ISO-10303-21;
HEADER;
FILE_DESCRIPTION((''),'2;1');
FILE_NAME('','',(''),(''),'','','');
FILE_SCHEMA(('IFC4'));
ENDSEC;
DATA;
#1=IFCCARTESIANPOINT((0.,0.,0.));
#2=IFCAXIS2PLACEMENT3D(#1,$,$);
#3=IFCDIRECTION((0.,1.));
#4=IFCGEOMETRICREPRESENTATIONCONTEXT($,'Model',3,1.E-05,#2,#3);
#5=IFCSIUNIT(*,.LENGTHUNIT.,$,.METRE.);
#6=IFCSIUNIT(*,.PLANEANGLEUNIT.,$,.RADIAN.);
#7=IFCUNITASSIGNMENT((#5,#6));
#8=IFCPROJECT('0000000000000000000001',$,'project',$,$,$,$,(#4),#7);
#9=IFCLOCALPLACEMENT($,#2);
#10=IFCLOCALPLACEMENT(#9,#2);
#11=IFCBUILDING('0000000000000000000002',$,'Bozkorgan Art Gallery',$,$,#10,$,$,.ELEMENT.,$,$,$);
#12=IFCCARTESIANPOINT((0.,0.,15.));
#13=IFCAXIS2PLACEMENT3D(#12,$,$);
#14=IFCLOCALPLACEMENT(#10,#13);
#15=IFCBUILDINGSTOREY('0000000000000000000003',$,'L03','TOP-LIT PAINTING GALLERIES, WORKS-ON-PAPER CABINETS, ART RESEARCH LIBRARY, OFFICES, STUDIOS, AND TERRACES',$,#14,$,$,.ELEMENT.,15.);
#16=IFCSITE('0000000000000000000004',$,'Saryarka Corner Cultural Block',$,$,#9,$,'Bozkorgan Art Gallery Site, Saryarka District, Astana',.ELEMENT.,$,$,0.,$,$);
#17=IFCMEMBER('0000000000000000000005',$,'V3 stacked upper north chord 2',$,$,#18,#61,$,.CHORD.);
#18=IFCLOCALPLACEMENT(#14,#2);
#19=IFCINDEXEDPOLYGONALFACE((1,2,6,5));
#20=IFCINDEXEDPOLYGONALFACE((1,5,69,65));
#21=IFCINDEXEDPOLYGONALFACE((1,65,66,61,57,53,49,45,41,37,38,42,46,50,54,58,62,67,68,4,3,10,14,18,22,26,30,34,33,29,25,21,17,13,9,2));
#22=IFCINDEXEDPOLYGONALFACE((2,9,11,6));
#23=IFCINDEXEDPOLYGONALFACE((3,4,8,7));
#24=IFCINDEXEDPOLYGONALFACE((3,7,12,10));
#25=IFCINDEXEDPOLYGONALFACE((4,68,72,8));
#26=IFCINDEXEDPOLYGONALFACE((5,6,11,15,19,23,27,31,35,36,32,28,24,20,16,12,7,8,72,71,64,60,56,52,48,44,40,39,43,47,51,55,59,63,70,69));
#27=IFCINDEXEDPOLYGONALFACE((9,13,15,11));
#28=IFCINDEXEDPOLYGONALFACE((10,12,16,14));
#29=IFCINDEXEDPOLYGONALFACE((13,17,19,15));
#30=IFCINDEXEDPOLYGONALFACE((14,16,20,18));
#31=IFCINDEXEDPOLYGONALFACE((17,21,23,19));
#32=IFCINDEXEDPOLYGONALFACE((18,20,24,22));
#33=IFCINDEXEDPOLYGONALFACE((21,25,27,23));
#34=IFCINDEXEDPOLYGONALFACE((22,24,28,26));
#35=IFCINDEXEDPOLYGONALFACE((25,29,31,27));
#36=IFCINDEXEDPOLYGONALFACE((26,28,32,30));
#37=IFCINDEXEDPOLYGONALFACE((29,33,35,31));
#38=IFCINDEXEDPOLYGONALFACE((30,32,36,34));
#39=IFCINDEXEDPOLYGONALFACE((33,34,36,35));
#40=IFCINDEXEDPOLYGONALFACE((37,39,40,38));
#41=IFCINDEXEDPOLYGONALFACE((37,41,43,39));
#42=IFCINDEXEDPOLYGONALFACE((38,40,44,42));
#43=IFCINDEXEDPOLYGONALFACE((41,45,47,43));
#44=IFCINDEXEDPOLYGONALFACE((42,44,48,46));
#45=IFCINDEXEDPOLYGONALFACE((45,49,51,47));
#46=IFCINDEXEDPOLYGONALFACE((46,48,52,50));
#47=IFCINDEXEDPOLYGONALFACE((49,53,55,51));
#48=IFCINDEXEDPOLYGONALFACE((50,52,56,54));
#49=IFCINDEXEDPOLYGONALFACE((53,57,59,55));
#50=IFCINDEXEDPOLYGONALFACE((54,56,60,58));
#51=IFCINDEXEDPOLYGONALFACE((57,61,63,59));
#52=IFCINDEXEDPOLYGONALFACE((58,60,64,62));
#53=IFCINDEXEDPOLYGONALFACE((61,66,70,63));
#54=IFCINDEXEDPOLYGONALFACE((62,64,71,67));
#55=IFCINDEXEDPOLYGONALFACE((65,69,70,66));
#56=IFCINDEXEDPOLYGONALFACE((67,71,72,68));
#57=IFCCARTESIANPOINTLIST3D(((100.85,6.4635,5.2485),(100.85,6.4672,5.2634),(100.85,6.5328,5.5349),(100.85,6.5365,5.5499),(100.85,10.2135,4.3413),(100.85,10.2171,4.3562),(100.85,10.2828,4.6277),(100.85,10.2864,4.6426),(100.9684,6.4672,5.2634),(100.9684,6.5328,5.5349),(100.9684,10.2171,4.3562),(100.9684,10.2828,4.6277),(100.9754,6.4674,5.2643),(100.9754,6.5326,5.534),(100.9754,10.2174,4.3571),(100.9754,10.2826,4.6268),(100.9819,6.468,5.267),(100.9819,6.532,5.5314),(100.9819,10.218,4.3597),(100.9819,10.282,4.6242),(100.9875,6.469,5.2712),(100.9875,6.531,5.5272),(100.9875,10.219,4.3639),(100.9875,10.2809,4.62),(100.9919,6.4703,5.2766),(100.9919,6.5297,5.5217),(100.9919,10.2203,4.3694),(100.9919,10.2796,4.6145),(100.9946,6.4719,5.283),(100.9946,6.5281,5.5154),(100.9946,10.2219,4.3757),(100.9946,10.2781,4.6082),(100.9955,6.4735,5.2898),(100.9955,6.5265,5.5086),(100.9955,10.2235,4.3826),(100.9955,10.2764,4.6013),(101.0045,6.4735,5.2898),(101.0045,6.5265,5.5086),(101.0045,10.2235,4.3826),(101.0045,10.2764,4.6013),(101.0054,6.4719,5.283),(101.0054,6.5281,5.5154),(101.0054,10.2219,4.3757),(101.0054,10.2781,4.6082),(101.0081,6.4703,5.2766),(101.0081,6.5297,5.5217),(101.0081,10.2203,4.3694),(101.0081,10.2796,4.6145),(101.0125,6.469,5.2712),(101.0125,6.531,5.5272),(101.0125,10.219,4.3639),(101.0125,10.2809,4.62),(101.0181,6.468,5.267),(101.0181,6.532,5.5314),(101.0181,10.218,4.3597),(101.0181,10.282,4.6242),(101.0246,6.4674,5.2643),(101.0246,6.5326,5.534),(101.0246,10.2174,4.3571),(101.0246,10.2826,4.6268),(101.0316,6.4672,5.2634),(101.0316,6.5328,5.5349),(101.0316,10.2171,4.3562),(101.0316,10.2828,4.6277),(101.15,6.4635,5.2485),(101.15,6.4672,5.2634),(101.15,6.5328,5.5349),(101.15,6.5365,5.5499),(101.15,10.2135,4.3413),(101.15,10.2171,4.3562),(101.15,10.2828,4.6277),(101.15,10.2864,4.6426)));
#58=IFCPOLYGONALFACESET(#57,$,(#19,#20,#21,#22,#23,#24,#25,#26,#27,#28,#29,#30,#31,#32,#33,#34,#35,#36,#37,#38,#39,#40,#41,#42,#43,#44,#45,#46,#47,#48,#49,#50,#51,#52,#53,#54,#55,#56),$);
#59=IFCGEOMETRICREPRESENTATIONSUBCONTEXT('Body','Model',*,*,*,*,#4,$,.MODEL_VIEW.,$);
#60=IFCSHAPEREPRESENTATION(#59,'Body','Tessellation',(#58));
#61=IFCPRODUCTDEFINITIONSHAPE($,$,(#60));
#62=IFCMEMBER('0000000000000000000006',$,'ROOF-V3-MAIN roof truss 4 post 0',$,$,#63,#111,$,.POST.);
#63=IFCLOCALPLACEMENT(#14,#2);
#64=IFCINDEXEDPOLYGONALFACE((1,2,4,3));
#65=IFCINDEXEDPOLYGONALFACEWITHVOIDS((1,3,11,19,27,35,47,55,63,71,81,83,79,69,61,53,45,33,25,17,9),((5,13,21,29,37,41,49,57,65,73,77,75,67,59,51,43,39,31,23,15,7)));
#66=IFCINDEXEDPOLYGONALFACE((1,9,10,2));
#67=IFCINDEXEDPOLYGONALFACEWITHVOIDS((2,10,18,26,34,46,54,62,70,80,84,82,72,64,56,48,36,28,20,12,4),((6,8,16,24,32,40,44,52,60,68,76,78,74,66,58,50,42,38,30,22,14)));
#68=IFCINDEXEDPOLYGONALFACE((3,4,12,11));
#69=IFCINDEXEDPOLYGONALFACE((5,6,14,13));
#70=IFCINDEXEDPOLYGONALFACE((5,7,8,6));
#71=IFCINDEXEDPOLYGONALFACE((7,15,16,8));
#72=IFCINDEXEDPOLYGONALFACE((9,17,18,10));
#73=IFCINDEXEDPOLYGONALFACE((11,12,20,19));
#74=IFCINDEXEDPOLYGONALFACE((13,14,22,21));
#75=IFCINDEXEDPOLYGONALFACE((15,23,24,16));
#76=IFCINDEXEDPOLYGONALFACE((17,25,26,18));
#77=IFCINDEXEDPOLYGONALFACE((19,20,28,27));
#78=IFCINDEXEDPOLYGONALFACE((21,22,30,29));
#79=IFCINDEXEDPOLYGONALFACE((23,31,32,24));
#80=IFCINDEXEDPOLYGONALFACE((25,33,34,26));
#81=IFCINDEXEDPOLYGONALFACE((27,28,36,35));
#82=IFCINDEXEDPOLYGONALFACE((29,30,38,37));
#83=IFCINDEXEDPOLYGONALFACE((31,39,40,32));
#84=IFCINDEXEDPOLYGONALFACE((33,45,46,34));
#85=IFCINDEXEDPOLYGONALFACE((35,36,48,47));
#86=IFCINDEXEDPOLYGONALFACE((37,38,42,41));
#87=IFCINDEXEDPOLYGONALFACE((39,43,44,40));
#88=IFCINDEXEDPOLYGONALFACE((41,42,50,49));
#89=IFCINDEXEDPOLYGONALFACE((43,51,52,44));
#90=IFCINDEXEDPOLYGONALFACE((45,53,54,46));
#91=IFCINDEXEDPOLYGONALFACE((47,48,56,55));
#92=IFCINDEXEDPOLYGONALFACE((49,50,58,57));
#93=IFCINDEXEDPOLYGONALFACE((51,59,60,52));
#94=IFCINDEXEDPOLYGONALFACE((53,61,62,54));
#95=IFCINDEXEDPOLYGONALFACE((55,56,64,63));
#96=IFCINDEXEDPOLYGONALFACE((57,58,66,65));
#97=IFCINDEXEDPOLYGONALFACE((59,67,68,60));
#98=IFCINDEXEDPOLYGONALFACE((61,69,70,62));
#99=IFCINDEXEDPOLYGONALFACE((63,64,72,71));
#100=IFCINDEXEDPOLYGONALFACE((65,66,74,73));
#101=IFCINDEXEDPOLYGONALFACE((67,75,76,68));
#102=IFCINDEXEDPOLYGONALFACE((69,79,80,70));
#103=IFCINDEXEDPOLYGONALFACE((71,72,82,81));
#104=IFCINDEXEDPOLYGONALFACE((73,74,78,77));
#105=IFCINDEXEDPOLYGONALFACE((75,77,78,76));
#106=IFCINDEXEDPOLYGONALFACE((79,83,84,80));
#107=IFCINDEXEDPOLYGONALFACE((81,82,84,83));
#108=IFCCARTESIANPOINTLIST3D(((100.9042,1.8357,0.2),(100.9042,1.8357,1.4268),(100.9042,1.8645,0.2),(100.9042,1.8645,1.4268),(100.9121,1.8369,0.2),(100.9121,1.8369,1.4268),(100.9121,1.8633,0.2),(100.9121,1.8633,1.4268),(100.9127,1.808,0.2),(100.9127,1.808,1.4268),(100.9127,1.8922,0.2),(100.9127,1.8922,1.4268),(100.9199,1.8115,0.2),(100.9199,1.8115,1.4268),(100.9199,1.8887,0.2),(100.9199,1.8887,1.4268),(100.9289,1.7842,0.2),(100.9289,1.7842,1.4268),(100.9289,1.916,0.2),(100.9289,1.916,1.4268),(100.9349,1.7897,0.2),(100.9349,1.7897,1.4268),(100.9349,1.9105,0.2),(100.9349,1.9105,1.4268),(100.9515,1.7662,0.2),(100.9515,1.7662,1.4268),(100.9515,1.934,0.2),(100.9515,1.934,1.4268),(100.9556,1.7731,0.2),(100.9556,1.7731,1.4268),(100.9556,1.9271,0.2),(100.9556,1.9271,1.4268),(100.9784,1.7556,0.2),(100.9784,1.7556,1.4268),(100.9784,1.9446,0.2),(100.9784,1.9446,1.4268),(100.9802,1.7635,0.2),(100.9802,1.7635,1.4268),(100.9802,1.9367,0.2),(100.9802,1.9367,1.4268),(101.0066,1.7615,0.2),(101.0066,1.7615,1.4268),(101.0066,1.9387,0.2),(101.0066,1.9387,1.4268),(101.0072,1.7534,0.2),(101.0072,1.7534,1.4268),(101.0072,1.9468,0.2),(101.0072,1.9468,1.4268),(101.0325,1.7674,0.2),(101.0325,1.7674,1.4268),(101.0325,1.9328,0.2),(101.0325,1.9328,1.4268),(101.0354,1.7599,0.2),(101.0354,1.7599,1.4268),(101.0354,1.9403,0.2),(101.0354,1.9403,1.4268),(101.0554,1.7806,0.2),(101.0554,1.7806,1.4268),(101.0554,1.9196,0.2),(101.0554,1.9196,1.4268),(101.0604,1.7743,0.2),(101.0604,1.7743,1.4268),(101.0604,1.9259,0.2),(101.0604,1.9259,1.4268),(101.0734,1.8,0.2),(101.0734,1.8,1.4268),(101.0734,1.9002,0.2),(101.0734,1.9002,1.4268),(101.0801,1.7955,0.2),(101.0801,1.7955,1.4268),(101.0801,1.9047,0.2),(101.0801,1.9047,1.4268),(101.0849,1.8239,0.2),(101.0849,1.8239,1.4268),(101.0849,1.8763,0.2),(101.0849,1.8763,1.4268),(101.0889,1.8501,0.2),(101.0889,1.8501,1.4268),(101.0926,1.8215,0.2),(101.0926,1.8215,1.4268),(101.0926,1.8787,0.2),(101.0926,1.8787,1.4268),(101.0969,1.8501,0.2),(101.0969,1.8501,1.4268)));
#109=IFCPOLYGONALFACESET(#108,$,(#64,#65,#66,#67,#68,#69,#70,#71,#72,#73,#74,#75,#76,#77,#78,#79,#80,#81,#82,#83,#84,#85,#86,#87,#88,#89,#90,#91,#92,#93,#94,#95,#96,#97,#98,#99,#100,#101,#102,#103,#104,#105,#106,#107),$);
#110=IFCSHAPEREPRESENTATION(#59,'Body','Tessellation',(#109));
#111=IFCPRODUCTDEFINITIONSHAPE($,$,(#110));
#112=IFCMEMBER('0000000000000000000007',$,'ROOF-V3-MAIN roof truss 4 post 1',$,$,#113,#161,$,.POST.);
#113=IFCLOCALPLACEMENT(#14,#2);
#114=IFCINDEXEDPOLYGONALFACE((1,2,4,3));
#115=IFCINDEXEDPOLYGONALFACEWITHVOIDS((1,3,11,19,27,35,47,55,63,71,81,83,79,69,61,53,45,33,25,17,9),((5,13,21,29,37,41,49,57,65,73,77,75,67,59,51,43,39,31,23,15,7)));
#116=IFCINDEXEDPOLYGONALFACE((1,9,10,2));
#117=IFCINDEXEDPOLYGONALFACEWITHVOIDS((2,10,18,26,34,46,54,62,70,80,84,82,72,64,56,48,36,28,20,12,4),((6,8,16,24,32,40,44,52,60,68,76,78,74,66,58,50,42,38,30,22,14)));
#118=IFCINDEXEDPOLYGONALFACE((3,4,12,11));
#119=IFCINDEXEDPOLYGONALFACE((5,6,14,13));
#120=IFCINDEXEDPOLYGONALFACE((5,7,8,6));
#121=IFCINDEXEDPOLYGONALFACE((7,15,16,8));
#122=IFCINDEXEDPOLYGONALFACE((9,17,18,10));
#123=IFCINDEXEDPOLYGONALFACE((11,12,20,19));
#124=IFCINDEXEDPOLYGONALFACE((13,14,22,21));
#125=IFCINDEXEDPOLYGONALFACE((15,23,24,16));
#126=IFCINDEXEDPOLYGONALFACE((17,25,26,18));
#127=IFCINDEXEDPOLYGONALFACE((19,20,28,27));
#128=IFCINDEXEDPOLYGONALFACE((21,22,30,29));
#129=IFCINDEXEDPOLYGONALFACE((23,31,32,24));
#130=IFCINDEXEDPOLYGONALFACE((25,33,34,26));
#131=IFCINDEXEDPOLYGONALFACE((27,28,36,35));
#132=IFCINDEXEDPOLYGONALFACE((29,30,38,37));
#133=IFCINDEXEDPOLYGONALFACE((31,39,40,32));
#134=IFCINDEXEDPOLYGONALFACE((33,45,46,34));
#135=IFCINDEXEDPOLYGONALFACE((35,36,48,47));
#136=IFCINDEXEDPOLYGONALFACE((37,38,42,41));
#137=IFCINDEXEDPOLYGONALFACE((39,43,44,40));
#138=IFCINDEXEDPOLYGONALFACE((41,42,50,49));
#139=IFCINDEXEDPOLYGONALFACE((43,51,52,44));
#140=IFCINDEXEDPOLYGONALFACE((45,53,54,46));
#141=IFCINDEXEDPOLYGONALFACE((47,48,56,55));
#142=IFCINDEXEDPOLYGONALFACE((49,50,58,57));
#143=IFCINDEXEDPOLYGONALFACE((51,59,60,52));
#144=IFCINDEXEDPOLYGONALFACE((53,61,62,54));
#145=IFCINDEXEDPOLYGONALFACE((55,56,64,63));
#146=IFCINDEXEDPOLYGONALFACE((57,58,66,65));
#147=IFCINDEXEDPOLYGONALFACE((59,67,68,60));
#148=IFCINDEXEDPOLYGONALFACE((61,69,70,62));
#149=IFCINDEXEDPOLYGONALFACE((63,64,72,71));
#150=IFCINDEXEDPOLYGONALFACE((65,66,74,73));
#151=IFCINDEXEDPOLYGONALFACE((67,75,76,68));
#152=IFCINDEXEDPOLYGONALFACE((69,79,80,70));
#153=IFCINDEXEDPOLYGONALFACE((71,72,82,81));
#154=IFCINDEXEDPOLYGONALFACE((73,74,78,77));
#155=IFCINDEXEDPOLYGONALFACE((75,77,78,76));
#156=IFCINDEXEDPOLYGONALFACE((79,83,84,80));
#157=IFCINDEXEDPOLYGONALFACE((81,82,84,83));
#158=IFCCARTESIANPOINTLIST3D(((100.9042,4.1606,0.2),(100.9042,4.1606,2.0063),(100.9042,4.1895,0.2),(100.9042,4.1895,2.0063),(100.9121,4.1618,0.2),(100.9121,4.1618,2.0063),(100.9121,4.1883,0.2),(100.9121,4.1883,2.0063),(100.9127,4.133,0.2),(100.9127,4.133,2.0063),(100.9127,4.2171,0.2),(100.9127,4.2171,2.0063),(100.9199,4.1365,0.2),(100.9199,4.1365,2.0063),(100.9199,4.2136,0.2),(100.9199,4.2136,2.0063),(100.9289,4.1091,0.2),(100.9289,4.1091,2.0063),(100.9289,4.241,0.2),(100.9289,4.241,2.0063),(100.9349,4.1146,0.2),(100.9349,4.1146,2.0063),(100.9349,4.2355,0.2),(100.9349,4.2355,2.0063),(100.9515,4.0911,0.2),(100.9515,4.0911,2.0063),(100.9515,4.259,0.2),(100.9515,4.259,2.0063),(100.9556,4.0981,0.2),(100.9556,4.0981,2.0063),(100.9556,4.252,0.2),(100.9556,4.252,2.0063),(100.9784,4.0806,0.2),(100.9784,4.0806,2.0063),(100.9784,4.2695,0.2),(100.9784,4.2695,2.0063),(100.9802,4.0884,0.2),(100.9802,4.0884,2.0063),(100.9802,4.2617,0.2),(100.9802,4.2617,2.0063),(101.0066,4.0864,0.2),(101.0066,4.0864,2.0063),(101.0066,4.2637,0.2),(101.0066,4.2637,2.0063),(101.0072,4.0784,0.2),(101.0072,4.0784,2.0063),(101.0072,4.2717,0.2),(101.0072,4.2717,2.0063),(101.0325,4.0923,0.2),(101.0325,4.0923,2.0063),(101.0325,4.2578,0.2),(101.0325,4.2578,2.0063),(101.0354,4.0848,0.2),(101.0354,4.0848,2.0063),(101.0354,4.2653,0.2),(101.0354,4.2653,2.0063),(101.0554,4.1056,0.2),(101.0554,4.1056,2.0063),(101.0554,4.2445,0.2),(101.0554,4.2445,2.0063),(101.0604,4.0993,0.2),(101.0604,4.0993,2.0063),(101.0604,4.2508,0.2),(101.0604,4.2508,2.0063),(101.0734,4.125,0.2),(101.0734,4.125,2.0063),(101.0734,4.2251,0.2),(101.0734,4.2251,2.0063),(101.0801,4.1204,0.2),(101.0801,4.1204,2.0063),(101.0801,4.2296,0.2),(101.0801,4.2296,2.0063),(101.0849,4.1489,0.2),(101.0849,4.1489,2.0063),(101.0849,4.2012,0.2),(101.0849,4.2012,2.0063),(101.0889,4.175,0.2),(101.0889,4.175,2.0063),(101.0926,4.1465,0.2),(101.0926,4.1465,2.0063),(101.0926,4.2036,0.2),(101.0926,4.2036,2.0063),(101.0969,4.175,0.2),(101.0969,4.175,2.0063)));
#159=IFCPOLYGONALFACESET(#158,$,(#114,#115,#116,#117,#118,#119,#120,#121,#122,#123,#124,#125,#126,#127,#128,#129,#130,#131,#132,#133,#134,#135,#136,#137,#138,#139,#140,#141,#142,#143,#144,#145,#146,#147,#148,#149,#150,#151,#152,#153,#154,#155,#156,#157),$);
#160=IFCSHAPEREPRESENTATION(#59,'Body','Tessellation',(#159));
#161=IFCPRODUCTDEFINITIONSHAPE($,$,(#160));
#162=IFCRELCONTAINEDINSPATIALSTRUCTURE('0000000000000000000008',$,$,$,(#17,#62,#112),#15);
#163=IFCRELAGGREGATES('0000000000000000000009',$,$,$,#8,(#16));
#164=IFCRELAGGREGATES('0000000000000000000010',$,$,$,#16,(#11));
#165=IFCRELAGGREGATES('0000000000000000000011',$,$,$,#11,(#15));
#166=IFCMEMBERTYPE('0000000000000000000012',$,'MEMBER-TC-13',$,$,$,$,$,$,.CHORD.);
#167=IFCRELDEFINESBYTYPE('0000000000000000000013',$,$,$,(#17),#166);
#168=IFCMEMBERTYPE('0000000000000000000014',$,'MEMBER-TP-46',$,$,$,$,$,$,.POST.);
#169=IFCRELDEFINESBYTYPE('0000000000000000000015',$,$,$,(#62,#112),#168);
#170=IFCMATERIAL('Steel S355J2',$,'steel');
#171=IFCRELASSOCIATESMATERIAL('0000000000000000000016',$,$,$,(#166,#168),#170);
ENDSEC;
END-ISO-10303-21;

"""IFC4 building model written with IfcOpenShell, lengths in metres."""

from ifc_helpers import new_model, si_unit, direction, frame, origin, origin_2d, place, context, subcontext, project, spatial, hollow_circle, i_section, extrude, material, material_profile, profile_set, type_object, element, save


model = new_model("IFC4")

# Units and contexts
model_context = context("Model", 3, precision=1e-05, world=origin(), true_north=direction((0.0, 1.0)))
body_context = subcontext(model_context, "Body", "Model", "MODEL_VIEW")
ifc_project = project(units=[si_unit("LENGTHUNIT", "METRE"), si_unit("PLANEANGLEUNIT", "RADIAN")], contexts=[model_context])

# Site, building, storey
site_placement = place(None, origin())
site = spatial("IfcSite", under=ifc_project, at=site_placement, Name="Saryarka Corner Cultural Block", LongName="Bozkorgan Art Gallery Site, Saryarka District, Astana", CompositionType="ELEMENT", RefElevation=0.0)
building_placement = place(site_placement, origin())
building = spatial("IfcBuilding", under=site, at=building_placement, Name="Bozkorgan Art Gallery", CompositionType="ELEMENT")
storey_placement = place(building_placement, frame((0.0, 0.0, 15.0)))
storey = spatial("IfcBuildingStorey", under=building, at=storey_placement, Name="L03", Description="TOP-LIT PAINTING GALLERIES, WORKS-ON-PAPER CABINETS, ART RESEARCH LIBRARY, OFFICES, STUDIOS, AND TERRACES", CompositionType="ELEMENT", Elevation=15.0)

# Shared definitions
ifc_material_1 = material(Name="Steel S355J2", Category="steel")

# Members
ifc_material_profile_1 = material_profile(ifc_material_1, i_section(OverallWidth=0.3, OverallDepth=0.3101, WebThickness=0.009, FlangeThickness=0.0154, FilletRadius=0.0271, at=origin_2d()), Name="HEA 320")
ifc_profile_set_1 = profile_set([ifc_material_profile_1], Name="Steel S355J2")
member_type_1 = type_object("IfcMemberType", Name="MEMBER-TC-13", PredefinedType="CHORD", material=ifc_profile_set_1)
member_1_placement = place(storey_placement, frame((101.0, 6.5, 5.3992), z_axis=(0.0, 0.971961, -0.235144), x_axis=(-1.0, 0.0, 0.0)))
element("IfcMember", 1, at=member_1_placement, inside=storey, type_object=member_type_1, Name="V3 stacked upper north chord 2", PredefinedType="CHORD", context=body_context, shape_type="SweptSolid", body=[
    extrude(i_section(OverallWidth=0.3, OverallDepth=0.3101, WebThickness=0.009, FlangeThickness=0.0154, FilletRadius=0.0271, at=origin_2d()), origin(), (0.0, 0.0, 1.0), 3.8582),
])
ifc_material_profile_2 = material_profile(ifc_material_1, hollow_circle(Radius=0.0969, WallThickness=0.0081, at=origin_2d()), Name="CHS 193.7x8")
ifc_profile_set_2 = profile_set([ifc_material_profile_2], Name="Steel S355J2")
member_type_2 = type_object("IfcMemberType", Name="MEMBER-TP-46", PredefinedType="POST", material=ifc_profile_set_2)
member_2_placement = place(storey_placement, frame((101.0, 1.8501, 0.2), z_axis=(0.0, 0.0, 1.0), x_axis=(1.0, 0.0, 0.0)))
element("IfcMember", 2, at=member_2_placement, inside=storey, type_object=member_type_2, Name="ROOF-V3-MAIN roof truss 4 post 0", PredefinedType="POST", context=body_context, shape_type="SweptSolid", body=[
    extrude(hollow_circle(Radius=0.0969, WallThickness=0.0081, at=origin_2d()), origin(), (0.0, 0.0, 1.0), 1.2268),
])
member_3_placement = place(storey_placement, frame((101.0, 4.175, 0.2), z_axis=(0.0, 0.0, 1.0), x_axis=(1.0, 0.0, 0.0)))
element("IfcMember", 3, at=member_3_placement, inside=storey, type_object=member_type_2, Name="ROOF-V3-MAIN roof truss 4 post 1", PredefinedType="POST", context=body_context, shape_type="SweptSolid", body=[
    extrude(hollow_circle(Radius=0.0969, WallThickness=0.0081, at=origin_2d()), origin(), (0.0, 0.0, 1.0), 1.8064),
])

save(model, "model.ifc")
